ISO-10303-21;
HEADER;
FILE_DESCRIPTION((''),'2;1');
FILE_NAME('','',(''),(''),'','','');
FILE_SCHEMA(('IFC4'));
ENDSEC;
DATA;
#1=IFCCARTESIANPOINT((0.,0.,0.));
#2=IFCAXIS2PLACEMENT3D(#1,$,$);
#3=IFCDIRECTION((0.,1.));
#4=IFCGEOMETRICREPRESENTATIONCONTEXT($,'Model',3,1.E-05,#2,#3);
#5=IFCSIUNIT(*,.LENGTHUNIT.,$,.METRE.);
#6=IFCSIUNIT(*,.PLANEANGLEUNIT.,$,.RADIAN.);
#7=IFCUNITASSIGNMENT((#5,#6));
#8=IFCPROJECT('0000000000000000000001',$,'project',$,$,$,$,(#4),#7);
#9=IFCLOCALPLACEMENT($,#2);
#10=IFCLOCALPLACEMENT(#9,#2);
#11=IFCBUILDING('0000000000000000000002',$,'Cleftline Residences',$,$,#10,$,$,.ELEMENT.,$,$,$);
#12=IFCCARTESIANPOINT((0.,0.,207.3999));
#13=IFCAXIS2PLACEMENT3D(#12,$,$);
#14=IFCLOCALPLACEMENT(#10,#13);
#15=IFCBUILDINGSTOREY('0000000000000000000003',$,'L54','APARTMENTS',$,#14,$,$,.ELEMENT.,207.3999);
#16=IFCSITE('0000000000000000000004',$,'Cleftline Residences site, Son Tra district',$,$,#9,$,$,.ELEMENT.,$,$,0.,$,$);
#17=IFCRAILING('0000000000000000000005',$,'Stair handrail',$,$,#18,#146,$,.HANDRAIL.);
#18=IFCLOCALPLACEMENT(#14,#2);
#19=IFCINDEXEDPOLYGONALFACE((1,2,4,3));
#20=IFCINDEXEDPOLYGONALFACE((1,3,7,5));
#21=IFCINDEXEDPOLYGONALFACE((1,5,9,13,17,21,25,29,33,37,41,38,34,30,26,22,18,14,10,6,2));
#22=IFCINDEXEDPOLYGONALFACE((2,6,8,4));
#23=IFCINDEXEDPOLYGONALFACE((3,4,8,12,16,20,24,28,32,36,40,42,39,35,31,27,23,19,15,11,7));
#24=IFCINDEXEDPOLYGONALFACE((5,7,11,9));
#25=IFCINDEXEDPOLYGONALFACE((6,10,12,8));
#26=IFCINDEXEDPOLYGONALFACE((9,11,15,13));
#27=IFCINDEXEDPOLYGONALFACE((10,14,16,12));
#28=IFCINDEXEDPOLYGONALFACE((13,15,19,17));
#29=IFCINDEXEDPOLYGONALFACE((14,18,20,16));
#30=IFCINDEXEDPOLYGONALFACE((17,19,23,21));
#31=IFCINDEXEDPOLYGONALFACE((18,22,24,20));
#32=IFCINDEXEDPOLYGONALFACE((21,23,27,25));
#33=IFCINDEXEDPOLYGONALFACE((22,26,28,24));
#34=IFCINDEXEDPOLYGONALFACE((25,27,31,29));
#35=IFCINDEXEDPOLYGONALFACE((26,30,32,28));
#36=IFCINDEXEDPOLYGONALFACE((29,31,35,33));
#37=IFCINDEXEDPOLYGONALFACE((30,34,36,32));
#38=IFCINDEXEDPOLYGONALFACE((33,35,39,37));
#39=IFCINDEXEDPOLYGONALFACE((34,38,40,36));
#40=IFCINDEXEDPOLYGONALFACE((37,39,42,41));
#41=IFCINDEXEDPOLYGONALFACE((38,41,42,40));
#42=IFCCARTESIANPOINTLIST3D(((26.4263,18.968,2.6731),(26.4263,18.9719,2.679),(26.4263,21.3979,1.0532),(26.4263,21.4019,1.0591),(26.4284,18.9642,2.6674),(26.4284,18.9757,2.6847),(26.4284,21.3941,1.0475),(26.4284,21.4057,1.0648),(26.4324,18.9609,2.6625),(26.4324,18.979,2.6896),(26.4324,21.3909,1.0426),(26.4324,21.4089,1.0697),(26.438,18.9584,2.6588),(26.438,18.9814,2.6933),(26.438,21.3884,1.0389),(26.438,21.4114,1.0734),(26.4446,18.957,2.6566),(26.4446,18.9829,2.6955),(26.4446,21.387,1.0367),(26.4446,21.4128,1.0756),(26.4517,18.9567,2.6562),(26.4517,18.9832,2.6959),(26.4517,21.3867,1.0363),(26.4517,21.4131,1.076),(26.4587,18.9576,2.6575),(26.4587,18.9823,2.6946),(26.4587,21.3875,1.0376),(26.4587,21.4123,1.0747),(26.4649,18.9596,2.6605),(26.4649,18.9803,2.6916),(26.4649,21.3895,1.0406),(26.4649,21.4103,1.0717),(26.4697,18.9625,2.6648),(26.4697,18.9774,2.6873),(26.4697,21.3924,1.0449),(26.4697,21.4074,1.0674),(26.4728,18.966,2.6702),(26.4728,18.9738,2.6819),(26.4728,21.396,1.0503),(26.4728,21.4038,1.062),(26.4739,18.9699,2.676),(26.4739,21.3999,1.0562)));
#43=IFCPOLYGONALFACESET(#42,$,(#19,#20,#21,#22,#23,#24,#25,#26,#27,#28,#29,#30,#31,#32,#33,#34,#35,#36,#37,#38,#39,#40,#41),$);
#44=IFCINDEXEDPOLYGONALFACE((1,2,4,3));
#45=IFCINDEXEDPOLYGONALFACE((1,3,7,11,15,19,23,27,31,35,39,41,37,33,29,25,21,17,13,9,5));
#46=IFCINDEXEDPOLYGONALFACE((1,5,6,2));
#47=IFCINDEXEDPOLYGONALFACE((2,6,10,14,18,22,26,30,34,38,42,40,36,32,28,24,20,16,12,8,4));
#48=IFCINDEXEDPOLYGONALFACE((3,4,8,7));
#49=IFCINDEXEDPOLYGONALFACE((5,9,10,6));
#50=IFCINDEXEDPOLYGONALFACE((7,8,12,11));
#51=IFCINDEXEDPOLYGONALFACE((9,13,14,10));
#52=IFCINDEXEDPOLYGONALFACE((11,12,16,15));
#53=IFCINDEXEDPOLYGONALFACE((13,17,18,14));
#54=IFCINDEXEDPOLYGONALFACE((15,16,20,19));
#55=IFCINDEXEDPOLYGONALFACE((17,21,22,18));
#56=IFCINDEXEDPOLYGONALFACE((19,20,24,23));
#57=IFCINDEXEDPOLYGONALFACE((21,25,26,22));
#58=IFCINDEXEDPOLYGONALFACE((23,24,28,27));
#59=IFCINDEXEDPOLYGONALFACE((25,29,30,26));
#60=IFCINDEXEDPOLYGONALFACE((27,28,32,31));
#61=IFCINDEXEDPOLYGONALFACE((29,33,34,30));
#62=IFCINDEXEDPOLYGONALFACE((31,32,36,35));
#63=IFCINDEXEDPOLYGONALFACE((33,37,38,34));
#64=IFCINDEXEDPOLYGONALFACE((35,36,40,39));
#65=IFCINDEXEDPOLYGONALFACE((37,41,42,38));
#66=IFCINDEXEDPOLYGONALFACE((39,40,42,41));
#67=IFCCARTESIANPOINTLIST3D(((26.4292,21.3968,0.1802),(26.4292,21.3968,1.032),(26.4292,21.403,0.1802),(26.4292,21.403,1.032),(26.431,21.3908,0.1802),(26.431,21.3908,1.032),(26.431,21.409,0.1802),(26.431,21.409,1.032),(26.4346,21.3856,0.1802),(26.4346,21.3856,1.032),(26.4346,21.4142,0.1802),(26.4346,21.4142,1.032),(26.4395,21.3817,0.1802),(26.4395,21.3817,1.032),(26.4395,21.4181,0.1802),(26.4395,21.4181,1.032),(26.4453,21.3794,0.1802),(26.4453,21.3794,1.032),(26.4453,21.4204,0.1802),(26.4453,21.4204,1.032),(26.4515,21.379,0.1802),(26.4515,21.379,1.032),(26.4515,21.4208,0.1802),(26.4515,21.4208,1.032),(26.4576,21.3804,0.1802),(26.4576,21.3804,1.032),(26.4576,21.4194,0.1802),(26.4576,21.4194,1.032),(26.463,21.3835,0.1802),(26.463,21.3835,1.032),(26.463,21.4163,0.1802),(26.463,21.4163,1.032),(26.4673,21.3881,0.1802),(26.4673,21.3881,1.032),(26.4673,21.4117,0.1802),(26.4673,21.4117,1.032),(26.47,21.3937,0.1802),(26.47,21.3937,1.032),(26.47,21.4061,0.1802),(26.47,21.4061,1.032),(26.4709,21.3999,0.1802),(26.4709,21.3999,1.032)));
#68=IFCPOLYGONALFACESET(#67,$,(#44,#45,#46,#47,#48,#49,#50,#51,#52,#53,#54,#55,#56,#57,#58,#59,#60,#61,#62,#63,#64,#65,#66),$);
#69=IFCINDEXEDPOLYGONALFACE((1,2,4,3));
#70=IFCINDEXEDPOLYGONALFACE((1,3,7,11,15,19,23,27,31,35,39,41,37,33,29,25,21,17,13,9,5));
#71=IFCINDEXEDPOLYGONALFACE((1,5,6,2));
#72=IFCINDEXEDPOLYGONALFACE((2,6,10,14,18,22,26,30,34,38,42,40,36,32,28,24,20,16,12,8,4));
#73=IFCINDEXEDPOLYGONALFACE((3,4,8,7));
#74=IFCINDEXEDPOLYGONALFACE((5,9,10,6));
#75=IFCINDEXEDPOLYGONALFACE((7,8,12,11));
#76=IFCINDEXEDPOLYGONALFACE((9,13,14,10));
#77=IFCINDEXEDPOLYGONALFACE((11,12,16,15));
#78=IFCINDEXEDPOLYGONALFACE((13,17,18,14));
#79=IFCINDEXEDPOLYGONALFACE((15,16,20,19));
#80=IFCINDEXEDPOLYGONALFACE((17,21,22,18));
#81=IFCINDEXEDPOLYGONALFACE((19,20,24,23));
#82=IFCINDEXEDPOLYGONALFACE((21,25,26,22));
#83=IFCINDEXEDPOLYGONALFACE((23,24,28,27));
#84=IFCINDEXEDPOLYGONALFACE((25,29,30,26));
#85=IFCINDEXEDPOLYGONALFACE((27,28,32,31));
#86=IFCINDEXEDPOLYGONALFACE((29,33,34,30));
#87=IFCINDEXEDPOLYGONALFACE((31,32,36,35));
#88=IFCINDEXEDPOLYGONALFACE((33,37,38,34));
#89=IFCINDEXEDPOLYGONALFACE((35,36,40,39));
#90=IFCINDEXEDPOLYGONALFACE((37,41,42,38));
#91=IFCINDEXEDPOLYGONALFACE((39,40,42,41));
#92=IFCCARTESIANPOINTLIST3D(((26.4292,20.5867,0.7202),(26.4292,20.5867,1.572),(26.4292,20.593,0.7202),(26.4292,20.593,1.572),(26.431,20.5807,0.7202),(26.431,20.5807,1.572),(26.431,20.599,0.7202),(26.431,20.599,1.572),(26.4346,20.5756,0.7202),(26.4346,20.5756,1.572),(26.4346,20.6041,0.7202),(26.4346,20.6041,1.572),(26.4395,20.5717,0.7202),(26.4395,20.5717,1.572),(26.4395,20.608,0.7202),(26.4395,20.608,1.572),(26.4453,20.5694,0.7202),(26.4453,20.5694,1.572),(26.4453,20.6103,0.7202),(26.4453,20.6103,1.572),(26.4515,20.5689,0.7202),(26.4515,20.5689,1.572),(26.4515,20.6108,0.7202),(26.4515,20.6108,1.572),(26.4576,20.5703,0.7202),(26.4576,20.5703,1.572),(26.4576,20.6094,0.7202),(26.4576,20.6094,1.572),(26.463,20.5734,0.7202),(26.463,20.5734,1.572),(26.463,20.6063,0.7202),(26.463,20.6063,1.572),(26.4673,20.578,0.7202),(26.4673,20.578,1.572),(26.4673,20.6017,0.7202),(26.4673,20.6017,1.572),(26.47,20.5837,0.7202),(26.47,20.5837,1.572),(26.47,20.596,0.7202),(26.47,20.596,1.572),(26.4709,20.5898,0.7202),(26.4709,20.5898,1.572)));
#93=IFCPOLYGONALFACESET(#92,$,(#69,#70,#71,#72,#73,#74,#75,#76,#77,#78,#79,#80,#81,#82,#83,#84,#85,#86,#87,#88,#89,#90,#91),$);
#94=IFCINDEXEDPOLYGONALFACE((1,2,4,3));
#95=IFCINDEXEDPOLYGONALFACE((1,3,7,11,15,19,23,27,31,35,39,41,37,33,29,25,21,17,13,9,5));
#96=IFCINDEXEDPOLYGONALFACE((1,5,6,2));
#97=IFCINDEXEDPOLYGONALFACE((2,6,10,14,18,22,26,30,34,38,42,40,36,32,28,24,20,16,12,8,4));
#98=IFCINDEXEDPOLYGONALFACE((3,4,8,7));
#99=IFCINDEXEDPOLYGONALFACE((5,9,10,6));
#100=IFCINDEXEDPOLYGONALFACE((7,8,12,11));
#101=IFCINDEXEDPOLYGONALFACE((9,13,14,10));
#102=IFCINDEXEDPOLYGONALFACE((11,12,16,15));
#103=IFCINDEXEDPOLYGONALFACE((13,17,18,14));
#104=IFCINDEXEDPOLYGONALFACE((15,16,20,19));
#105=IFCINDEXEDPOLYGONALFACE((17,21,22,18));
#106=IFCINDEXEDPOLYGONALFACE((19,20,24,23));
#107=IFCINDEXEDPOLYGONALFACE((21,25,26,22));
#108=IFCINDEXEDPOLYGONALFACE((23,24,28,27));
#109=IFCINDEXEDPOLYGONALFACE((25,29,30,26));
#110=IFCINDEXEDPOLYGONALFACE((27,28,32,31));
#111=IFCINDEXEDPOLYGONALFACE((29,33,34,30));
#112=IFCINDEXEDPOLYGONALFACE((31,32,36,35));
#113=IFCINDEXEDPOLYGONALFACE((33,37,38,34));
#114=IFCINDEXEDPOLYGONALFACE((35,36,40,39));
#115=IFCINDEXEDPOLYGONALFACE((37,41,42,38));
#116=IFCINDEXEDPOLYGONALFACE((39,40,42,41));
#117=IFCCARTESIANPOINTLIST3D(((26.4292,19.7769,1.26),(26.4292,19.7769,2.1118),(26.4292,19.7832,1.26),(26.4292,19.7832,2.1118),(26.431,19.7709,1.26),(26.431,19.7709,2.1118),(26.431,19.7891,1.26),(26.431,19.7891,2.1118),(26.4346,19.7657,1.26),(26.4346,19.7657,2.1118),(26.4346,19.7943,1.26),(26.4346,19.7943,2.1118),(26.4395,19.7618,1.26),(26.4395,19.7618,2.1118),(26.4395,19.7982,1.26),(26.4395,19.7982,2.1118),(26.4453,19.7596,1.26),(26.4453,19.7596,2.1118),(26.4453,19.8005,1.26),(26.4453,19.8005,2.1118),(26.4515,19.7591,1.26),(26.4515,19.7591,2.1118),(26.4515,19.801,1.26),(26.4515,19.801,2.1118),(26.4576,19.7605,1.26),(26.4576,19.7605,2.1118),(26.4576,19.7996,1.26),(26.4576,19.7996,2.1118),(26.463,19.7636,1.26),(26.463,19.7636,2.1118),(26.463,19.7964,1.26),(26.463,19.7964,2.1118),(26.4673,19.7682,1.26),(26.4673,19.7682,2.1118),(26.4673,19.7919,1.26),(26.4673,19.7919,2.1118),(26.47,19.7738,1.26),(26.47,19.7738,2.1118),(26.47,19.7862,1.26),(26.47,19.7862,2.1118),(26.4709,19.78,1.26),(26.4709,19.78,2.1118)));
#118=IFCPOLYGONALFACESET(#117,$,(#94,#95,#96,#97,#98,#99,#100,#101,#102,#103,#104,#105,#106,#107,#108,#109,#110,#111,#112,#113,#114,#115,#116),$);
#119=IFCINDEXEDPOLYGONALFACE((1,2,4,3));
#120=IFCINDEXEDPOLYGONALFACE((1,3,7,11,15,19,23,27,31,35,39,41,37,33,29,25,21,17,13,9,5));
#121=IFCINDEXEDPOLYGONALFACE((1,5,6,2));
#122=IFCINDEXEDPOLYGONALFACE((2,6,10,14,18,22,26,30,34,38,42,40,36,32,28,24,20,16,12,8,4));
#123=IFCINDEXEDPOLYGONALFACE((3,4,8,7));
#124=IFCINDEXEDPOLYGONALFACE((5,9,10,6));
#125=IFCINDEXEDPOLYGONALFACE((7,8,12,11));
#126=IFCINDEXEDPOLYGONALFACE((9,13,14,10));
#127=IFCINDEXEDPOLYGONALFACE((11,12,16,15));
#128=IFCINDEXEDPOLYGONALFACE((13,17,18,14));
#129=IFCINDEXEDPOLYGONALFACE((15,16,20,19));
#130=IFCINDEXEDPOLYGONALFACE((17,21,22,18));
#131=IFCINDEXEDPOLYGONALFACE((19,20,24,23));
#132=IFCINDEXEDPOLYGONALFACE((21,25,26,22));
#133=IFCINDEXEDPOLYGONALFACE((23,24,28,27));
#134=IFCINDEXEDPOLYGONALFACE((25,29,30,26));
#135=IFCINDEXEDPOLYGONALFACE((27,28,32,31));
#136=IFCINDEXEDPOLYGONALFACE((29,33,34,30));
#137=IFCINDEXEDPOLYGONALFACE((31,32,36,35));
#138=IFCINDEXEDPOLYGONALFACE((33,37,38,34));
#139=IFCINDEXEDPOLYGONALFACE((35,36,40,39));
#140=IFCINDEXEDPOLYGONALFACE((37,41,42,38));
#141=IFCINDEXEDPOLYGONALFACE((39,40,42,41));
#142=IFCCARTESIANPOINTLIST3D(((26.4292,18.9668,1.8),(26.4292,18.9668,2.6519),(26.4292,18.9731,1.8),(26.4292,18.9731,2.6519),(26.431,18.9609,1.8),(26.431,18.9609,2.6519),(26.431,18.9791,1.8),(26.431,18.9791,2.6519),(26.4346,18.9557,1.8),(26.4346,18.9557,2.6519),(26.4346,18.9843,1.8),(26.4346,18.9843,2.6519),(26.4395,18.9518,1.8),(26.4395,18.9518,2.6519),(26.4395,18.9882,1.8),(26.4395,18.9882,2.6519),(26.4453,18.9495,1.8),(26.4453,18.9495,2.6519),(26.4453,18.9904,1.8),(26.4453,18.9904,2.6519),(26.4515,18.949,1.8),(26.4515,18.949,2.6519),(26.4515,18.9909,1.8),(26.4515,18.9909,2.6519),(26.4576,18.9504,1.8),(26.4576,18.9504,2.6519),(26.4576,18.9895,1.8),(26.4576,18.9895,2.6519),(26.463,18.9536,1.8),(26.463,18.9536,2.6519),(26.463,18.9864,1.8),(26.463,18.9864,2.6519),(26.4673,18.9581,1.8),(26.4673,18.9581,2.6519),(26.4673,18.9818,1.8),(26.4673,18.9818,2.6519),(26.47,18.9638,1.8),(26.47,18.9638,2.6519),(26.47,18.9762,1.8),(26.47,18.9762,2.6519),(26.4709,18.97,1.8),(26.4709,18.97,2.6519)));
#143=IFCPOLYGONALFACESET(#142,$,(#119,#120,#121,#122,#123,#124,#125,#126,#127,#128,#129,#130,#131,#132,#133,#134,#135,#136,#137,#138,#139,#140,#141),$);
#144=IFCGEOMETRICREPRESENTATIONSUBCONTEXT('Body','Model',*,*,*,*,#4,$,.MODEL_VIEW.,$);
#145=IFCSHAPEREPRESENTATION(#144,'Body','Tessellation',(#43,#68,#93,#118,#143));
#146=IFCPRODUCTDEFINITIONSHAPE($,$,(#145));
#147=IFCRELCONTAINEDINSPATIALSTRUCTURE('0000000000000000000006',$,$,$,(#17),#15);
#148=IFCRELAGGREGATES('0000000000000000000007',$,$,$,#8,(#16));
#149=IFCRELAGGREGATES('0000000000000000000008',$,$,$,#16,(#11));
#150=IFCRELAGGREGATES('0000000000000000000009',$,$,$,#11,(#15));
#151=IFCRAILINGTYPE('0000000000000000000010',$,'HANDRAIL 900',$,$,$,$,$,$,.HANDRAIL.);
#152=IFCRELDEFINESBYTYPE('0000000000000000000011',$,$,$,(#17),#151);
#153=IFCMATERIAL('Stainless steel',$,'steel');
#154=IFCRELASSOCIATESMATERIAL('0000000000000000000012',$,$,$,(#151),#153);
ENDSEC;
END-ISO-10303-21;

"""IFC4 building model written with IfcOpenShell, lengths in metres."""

from ifc_helpers import new_model, si_unit, direction, frame, origin, origin_2d, place, context, subcontext, project, spatial, circle, extrude, material, type_object, element, save


model = new_model("IFC4")

# Units and contexts
model_context = context("Model", 3, precision=1e-05, world=origin(), true_north=direction((0.0, 1.0)))
body_context = subcontext(model_context, "Body", "Model", "MODEL_VIEW")
ifc_project = project(units=[si_unit("LENGTHUNIT", "METRE"), si_unit("PLANEANGLEUNIT", "RADIAN")], contexts=[model_context])

# Site, building, storey
site_placement = place(None, origin())
site = spatial("IfcSite", under=ifc_project, at=site_placement, Name="Cleftline Residences site, Son Tra district", CompositionType="ELEMENT", RefElevation=0.0)
building_placement = place(site_placement, origin())
building = spatial("IfcBuilding", under=site, at=building_placement, Name="Cleftline Residences", CompositionType="ELEMENT")
storey_placement = place(building_placement, frame((0.0, 0.0, 207.3999)))
storey = spatial("IfcBuildingStorey", under=building, at=storey_placement, Name="L54", Description="APARTMENTS", CompositionType="ELEMENT", Elevation=207.3999)

# Railing
ifc_material_1 = material(Name="Stainless steel", Category="steel")
railing_type = type_object("IfcRailingType", Name="HANDRAIL 900", PredefinedType="HANDRAIL", material=ifc_material_1)
railing_1_placement = place(storey_placement, frame((26.45, 21.3999, 0.1802)))
element("IfcRailing", 1, at=railing_1_placement, inside=storey, type_object=railing_type, Name="Stair handrail", PredefinedType="HANDRAIL", context=body_context, shape_type="SweptSolid", body=[
    extrude(circle(Radius=0.0239, at=origin_2d()), frame((0.0, 0.0, 0.876), z_axis=(0.0, -0.832063, 0.554681), x_axis=(1.0, 0.0, 0.0)), (0.0, 0.0, 1.0), 2.9204),
    extrude(circle(Radius=0.021, at=origin_2d()), origin(), (0.0, 0.0, 1.0), 0.8518),
    extrude(circle(Radius=0.021, at=origin_2d()), frame((0.0, -0.8101, 0.54)), (0.0, 0.0, 1.0), 0.8518),
    extrude(circle(Radius=0.021, at=origin_2d()), frame((0.0, -1.6199, 1.0798)), (0.0, 0.0, 1.0), 0.8518),
    extrude(circle(Radius=0.021, at=origin_2d()), frame((0.0, -2.4299, 1.6199)), (0.0, 0.0, 1.0), 0.8518),
])

save(model, "model.ifc")
